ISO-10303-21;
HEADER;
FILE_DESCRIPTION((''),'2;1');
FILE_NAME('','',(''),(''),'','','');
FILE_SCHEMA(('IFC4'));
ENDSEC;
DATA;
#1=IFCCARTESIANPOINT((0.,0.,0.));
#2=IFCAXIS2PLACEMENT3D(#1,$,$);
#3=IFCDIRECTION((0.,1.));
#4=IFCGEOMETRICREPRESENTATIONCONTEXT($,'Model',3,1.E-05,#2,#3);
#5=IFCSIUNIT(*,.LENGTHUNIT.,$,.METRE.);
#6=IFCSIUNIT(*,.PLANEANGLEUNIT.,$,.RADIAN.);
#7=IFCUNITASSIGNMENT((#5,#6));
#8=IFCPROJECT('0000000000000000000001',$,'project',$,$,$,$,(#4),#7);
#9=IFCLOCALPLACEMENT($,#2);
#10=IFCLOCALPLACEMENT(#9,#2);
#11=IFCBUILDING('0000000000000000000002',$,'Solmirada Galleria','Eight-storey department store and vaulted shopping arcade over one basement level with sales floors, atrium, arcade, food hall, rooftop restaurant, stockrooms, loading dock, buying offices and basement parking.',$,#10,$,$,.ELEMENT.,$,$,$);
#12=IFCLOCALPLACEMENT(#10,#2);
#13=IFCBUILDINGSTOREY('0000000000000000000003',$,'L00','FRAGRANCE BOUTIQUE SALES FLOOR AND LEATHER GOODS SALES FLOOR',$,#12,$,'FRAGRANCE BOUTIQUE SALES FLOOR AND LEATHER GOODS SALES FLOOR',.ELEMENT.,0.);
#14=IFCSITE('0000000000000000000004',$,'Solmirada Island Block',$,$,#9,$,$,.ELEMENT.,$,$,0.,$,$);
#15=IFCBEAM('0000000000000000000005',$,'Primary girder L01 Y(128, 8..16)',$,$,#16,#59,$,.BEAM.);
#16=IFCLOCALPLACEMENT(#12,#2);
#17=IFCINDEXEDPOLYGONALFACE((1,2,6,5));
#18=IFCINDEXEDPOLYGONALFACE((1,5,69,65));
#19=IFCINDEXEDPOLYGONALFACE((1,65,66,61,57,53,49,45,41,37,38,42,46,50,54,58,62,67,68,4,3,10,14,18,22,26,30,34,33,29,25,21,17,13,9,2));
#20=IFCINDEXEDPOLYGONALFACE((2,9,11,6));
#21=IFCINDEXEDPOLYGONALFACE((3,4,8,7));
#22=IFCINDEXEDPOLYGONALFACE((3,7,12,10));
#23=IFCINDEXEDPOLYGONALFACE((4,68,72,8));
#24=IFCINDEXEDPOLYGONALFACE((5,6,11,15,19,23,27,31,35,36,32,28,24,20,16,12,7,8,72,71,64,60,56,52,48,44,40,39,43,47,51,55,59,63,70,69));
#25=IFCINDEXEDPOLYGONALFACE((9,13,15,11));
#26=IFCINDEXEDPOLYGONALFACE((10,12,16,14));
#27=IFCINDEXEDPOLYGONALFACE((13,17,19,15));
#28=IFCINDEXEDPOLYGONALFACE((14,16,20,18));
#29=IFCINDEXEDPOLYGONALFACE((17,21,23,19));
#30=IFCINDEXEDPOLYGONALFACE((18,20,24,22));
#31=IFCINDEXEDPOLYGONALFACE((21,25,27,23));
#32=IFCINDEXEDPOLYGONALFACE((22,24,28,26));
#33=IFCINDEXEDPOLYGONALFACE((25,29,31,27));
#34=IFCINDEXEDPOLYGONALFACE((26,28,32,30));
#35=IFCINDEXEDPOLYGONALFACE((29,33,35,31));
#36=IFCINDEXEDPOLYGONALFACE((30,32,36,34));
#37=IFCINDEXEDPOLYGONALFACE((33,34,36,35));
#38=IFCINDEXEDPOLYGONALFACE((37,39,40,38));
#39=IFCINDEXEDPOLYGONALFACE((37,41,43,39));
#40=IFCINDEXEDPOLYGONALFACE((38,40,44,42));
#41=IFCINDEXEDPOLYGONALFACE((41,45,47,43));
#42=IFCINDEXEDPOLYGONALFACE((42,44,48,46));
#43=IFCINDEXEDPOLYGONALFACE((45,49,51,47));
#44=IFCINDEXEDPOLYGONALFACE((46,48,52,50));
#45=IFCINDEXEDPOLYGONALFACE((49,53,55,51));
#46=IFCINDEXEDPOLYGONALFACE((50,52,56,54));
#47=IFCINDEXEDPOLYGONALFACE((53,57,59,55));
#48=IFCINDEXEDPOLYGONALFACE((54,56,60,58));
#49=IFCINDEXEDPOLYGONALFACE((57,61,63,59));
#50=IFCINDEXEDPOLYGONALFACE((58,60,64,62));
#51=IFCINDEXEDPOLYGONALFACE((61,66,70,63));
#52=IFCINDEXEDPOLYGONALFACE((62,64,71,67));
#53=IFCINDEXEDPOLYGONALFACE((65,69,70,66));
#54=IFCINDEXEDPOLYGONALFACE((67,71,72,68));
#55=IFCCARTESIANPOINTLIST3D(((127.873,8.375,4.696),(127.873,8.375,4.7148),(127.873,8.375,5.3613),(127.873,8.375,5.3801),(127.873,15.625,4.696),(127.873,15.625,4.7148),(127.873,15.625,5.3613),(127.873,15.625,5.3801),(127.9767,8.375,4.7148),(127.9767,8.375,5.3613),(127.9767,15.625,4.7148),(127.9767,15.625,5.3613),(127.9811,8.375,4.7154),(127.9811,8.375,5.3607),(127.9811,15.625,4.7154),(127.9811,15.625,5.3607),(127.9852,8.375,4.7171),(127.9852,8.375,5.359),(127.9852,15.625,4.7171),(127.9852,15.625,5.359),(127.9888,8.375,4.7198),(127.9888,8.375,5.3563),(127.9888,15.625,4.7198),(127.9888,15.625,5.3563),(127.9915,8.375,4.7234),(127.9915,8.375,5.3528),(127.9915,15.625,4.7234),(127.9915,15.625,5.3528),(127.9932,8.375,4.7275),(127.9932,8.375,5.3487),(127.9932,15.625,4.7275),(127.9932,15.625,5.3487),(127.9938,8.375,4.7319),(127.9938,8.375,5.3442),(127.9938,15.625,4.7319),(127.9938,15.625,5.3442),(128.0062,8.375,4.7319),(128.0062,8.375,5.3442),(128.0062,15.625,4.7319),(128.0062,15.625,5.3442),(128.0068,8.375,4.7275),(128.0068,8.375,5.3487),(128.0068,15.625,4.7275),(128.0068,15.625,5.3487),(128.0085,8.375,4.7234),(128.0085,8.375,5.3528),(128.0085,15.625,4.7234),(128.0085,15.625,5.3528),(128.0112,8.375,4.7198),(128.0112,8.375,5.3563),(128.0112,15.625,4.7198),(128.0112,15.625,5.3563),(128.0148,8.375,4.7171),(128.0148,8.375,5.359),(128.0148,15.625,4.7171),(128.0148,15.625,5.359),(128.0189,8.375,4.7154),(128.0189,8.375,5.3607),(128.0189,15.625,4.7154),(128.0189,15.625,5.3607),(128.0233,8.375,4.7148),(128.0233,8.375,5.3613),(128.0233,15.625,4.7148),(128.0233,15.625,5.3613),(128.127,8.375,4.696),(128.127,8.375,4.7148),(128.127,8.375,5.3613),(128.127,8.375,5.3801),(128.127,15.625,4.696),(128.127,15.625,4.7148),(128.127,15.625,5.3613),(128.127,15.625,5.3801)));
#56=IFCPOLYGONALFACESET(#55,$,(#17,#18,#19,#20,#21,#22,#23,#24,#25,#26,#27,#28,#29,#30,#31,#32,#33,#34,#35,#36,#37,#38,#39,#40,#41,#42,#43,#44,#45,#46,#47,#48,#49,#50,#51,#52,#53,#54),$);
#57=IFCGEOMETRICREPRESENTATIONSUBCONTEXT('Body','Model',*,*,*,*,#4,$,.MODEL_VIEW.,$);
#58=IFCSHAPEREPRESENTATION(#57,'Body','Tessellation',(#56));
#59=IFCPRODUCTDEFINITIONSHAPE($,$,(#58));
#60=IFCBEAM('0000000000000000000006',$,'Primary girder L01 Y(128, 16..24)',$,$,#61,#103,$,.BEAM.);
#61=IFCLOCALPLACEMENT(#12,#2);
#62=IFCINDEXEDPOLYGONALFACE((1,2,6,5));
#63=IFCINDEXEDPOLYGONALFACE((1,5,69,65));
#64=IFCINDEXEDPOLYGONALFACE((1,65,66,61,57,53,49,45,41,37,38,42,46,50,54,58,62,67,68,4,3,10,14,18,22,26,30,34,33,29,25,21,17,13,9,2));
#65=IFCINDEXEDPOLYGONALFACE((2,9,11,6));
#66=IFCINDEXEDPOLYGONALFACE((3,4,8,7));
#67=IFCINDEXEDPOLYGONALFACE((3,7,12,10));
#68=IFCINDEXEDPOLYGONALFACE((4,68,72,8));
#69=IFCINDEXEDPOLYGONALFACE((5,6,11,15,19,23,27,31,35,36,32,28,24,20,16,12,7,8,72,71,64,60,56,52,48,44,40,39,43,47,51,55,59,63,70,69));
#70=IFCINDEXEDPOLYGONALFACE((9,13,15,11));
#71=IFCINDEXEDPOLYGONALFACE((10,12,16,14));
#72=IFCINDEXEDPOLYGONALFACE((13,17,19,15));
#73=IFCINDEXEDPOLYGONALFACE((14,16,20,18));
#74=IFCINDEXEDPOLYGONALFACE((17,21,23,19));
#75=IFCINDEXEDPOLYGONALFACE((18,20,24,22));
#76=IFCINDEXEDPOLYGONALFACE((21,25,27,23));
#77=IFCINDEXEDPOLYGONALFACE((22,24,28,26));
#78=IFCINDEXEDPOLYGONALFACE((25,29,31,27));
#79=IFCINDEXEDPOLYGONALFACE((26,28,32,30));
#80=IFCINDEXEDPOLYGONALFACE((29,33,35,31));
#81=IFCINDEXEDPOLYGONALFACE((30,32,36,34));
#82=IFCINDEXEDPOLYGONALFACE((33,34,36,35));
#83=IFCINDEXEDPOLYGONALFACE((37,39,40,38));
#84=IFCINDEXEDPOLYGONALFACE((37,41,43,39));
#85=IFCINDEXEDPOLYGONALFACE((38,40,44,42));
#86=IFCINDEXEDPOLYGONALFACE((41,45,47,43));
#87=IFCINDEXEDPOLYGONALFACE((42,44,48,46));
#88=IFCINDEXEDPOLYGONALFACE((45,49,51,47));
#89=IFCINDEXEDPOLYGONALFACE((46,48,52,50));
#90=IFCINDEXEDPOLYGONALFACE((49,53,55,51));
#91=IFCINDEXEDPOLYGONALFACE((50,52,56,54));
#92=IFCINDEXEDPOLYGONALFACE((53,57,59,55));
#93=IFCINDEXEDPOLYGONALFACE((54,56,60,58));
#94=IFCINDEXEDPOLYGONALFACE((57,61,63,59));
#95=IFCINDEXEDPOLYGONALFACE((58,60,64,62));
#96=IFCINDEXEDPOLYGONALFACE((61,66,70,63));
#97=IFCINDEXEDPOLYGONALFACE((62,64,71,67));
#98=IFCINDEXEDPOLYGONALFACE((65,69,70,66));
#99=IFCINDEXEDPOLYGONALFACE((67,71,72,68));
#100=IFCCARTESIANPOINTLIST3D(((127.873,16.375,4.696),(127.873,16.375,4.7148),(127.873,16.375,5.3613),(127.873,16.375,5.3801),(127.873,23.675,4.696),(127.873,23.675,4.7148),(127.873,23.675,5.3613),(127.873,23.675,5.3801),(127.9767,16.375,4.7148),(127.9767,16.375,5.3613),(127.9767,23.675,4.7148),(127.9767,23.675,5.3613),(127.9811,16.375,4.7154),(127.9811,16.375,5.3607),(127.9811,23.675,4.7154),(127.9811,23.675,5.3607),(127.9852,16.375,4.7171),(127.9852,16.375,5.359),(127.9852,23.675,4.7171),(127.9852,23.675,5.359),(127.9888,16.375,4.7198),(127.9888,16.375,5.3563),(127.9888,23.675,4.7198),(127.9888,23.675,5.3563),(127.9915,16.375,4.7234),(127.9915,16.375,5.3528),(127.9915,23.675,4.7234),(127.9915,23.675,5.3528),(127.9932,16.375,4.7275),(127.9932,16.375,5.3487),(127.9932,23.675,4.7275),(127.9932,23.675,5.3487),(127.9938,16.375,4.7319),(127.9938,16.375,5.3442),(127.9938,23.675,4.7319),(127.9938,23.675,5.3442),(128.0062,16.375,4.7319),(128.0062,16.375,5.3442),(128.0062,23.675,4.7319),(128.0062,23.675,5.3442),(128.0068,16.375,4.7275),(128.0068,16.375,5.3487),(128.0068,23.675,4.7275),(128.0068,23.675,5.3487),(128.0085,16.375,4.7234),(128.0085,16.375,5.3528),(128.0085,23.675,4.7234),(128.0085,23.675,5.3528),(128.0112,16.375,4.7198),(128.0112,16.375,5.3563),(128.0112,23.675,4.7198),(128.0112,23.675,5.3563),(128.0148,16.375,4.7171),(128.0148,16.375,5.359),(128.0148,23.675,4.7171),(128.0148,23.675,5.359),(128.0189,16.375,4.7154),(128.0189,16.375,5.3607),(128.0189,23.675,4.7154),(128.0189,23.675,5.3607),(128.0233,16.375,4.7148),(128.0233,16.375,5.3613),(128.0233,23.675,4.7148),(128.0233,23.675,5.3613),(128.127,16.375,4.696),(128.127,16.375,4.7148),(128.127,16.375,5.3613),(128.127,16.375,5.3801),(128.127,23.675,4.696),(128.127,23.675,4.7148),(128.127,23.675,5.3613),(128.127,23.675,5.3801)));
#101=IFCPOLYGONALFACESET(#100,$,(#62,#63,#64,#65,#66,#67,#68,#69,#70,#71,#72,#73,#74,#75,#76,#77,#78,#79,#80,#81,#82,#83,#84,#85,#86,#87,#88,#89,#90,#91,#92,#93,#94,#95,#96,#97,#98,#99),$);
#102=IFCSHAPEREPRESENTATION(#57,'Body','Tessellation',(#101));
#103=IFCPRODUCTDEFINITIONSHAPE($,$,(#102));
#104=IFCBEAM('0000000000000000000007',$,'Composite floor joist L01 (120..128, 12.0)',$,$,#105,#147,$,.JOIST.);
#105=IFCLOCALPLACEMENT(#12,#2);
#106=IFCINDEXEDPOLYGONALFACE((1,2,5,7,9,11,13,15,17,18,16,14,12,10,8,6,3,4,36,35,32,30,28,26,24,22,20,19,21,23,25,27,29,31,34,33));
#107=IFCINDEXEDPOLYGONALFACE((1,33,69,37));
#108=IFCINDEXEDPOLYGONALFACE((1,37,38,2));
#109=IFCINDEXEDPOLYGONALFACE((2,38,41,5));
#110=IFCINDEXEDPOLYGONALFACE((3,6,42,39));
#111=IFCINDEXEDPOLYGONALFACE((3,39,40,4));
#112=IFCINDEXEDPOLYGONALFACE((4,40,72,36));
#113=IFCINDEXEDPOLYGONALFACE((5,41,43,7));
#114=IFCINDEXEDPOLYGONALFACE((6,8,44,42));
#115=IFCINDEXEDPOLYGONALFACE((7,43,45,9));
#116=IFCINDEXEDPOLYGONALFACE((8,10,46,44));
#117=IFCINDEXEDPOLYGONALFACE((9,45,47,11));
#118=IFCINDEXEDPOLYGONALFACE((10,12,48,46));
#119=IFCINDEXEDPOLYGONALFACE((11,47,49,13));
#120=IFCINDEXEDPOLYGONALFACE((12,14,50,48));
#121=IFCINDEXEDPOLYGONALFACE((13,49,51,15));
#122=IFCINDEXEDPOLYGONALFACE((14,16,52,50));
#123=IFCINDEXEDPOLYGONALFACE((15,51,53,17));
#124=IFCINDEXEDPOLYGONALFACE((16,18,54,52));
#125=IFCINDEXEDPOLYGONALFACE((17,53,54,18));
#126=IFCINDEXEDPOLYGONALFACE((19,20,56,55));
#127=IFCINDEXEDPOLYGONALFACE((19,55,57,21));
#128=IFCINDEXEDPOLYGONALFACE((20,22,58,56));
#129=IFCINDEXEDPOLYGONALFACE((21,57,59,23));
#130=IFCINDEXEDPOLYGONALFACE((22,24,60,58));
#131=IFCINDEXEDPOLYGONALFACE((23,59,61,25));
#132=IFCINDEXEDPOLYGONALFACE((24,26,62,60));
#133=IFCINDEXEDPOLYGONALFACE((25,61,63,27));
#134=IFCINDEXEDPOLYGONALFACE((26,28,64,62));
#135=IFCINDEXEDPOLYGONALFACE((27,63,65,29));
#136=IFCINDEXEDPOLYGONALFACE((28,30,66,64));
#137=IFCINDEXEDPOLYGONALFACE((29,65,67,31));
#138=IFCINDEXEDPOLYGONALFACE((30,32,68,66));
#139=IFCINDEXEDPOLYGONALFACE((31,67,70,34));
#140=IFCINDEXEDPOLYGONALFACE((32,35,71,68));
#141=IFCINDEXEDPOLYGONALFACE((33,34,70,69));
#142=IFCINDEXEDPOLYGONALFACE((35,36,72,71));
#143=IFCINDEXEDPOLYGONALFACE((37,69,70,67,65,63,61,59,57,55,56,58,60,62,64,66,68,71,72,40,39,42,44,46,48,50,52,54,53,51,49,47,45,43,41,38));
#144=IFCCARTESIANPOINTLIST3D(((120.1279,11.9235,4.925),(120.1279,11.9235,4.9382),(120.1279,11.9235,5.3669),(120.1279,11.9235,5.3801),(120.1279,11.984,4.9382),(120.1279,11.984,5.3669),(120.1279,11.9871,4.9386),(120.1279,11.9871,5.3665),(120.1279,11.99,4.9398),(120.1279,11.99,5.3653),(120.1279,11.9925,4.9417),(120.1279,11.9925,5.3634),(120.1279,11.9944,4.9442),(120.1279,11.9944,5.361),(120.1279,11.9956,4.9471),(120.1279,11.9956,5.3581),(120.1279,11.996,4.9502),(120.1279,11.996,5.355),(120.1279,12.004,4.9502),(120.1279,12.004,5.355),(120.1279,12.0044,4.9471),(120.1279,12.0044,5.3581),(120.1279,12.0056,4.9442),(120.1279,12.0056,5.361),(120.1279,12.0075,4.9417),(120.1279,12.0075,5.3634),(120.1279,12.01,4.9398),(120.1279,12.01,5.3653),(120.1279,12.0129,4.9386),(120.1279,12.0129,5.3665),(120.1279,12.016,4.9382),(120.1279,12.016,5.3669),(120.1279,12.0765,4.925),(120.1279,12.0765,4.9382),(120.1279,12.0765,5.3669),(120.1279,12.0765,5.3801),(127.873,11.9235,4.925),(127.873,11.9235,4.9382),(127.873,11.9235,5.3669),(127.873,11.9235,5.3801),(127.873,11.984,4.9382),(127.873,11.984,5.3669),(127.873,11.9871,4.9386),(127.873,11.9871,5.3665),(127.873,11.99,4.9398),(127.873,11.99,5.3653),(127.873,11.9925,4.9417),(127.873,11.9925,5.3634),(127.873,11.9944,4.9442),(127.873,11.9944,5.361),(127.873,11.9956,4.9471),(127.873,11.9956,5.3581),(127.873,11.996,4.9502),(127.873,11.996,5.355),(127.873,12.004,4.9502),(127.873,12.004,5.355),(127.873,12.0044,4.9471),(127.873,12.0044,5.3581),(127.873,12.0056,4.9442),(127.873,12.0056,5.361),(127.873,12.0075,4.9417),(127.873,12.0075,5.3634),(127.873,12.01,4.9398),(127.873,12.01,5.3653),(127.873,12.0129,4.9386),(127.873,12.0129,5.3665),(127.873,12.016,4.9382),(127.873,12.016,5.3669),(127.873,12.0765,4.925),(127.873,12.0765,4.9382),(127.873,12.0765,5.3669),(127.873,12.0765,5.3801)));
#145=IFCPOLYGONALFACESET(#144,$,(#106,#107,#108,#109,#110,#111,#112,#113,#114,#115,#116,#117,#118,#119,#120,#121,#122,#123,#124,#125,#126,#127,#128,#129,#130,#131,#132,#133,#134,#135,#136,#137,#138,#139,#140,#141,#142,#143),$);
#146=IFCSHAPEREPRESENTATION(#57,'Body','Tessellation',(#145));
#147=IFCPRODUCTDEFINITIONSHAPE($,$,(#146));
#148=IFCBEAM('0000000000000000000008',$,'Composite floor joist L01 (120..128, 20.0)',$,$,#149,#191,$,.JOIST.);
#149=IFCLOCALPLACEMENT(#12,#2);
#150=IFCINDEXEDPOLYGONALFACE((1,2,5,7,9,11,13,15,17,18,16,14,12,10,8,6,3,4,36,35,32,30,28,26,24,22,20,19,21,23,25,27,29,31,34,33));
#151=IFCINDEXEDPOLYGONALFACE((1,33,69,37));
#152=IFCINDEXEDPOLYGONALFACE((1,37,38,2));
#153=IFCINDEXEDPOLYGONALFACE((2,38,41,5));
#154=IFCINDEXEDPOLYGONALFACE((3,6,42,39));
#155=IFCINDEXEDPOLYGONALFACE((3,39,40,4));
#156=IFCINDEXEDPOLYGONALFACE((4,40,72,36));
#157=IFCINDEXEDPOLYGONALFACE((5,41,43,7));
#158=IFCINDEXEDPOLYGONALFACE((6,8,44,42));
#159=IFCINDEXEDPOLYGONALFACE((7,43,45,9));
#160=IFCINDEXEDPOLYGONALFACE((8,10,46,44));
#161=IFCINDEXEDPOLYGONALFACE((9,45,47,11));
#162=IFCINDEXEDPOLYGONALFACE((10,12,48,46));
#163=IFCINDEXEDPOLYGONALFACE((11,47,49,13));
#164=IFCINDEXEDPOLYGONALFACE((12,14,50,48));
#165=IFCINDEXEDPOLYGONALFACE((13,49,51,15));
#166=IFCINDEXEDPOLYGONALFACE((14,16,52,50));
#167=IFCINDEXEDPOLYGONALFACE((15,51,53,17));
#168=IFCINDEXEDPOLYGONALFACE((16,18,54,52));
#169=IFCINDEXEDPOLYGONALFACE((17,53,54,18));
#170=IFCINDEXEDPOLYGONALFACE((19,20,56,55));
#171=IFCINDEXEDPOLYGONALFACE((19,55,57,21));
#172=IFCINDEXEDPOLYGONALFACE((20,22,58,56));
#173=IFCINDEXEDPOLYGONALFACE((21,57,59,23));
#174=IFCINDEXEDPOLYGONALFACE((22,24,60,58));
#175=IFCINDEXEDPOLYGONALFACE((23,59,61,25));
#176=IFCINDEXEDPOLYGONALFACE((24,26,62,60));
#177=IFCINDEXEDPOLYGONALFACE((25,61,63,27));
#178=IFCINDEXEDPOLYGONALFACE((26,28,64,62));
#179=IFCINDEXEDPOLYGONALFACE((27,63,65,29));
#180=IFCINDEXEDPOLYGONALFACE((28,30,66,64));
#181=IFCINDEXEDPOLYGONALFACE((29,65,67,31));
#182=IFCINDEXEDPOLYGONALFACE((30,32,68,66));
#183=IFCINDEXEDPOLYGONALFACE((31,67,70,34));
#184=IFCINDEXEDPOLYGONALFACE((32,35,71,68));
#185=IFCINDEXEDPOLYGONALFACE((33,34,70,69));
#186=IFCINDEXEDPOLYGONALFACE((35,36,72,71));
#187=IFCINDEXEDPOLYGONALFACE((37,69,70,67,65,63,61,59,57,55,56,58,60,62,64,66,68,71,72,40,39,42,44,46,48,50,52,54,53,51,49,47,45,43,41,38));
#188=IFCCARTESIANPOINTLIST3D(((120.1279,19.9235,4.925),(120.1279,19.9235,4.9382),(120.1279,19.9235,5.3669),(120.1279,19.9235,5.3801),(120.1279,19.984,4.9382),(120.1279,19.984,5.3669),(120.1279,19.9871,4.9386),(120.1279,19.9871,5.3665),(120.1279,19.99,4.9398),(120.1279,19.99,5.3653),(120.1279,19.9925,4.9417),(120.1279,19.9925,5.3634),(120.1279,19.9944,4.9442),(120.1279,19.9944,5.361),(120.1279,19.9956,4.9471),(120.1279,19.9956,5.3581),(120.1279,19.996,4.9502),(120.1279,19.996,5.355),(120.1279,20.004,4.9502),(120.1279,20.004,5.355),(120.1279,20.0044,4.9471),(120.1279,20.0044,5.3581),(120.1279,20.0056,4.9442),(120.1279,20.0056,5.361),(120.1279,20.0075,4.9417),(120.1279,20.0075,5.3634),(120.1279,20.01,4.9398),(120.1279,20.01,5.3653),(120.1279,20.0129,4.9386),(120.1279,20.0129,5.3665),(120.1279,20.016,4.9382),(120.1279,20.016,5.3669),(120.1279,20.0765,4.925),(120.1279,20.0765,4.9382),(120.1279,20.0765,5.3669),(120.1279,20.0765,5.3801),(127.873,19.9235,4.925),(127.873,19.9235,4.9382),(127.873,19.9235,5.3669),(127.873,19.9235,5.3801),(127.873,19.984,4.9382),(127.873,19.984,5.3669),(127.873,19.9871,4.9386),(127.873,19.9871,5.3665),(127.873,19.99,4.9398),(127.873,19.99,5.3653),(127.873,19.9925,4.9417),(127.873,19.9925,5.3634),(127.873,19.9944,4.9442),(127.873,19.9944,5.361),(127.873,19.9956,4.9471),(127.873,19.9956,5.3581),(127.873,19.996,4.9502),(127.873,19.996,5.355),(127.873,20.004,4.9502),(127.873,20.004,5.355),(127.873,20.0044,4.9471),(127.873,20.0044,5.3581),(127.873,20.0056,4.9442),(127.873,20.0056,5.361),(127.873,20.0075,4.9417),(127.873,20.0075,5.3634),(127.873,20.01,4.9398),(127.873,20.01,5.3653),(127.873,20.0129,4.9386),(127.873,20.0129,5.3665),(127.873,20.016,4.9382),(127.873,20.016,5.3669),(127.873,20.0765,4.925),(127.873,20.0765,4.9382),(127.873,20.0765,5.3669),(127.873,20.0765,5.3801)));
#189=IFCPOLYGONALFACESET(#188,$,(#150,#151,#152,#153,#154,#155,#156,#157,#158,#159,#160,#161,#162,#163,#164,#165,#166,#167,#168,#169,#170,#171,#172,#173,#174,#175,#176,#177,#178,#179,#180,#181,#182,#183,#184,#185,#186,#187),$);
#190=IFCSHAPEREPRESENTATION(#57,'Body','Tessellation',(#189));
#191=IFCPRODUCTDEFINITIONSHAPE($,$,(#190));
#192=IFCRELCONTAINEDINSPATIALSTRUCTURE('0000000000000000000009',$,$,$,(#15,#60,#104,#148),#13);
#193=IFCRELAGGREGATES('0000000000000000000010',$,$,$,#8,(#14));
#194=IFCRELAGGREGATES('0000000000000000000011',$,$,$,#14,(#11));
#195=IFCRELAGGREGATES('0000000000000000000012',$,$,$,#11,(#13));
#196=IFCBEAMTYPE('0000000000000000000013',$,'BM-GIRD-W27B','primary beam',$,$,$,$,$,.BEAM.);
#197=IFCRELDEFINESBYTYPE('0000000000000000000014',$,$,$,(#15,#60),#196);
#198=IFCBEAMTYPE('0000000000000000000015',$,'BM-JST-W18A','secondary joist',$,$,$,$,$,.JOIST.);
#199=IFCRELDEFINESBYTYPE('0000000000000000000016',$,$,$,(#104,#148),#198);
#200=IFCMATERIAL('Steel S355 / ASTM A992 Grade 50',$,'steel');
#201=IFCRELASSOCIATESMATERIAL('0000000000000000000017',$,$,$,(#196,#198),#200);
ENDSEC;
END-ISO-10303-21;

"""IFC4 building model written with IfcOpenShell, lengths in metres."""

from ifc_helpers import new_model, si_unit, direction, frame, origin, origin_2d, place, context, subcontext, project, spatial, i_section, extrude, material, material_profile, profile_set, type_object, element, save


model = new_model("IFC4")

# Units and contexts
model_context = context("Model", 3, precision=1e-05, world=origin(), true_north=direction((0.0, 1.0)))
body_context = subcontext(model_context, "Body", "Model", "MODEL_VIEW")
ifc_project = project(units=[si_unit("LENGTHUNIT", "METRE"), si_unit("PLANEANGLEUNIT", "RADIAN")], contexts=[model_context])

# Site, building, storey
site_placement = place(None, origin())
site = spatial("IfcSite", under=ifc_project, at=site_placement, Name="Solmirada Island Block", CompositionType="ELEMENT", RefElevation=0.0)
building_placement = place(site_placement, origin())
building = spatial("IfcBuilding", under=site, at=building_placement, Name="Solmirada Galleria", Description="Eight-storey department store and vaulted shopping arcade over one basement level with sales floors, atrium, arcade, food hall, rooftop restaurant, stockrooms, loading dock, buying offices and basement parking.", CompositionType="ELEMENT")
storey_placement = place(building_placement, origin())
storey = spatial("IfcBuildingStorey", under=building, at=storey_placement, Name="L00", Description="FRAGRANCE BOUTIQUE SALES FLOOR AND LEATHER GOODS SALES FLOOR", LongName="FRAGRANCE BOUTIQUE SALES FLOOR AND LEATHER GOODS SALES FLOOR", CompositionType="ELEMENT", Elevation=0.0)

# Beams
ifc_material_1 = material(Name="Steel S355 / ASTM A992 Grade 50", Category="steel")
ifc_material_profile_1 = material_profile(ifc_material_1, i_section(OverallWidth=0.2539, OverallDepth=0.6841, WebThickness=0.0125, FlangeThickness=0.0188, FilletRadius=0.0171, at=origin_2d()), Name="W27X94")
ifc_profile_set_1 = profile_set([ifc_material_profile_1], Name="Steel S355 / ASTM A992 Grade 50")
beam_type_1 = type_object("IfcBeamType", Name="BM-GIRD-W27B", Description="primary beam", PredefinedType="BEAM", material=ifc_profile_set_1)
beam_1_placement = place(storey_placement, frame((128.0, 8.375, 5.0381), z_axis=(0.0, 1.0, 0.0), x_axis=(-1.0, 0.0, 0.0)))
element("IfcBeam", 1, at=beam_1_placement, inside=storey, type_object=beam_type_1, Name="Primary girder L01 Y(128, 8..16)", PredefinedType="BEAM", context=body_context, shape_type="SweptSolid", body=[
    extrude(i_section(OverallWidth=0.2539, OverallDepth=0.6841, WebThickness=0.0125, FlangeThickness=0.0188, FilletRadius=0.0171, at=origin_2d()), origin(), (0.0, 0.0, 1.0), 7.25),
])
beam_2_placement = place(storey_placement, frame((128.0, 16.375, 5.0381), z_axis=(0.0, 1.0, 0.0), x_axis=(-1.0, 0.0, 0.0)))
element("IfcBeam", 2, at=beam_2_placement, inside=storey, type_object=beam_type_1, Name="Primary girder L01 Y(128, 16..24)", PredefinedType="BEAM", context=body_context, shape_type="SweptSolid", body=[
    extrude(i_section(OverallWidth=0.2539, OverallDepth=0.6841, WebThickness=0.0125, FlangeThickness=0.0188, FilletRadius=0.0171, at=origin_2d()), origin(), (0.0, 0.0, 1.0), 7.3),
])
ifc_material_profile_2 = material_profile(ifc_material_1, i_section(OverallWidth=0.1531, OverallDepth=0.4551, WebThickness=0.0081, FlangeThickness=0.0132, FilletRadius=0.012, at=origin_2d()), Name="W18X40")
ifc_profile_set_2 = profile_set([ifc_material_profile_2], Name="Steel S355 / ASTM A992 Grade 50")
beam_type_2 = type_object("IfcBeamType", Name="BM-JST-W18A", Description="secondary joist", PredefinedType="JOIST", material=ifc_profile_set_2)
for number, where, z_axis, x_axis, name in (
    (3, (120.1279, 12.0, 5.1526), (1.0, 0.0, 0.0), (0.0, 1.0, 0.0), "Composite floor joist L01 (120..128, 12.0)"),
    (4, (120.1279, 20.0, 5.1526), (1.0, 0.0, 0.0), (0.0, 1.0, 0.0), "Composite floor joist L01 (120..128, 20.0)"),
):
    element("IfcBeam", number, at=place(storey_placement, frame(where, z_axis=z_axis, x_axis=x_axis)), inside=storey, type_object=beam_type_2, Name=name, PredefinedType="JOIST", context=body_context, shape_type="SweptSolid", body=[
        extrude(i_section(OverallWidth=0.1531, OverallDepth=0.4551, WebThickness=0.0081, FlangeThickness=0.0132, FilletRadius=0.012, at=origin_2d()), origin(), (0.0, 0.0, 1.0), 7.7451),
    ])

save(model, "model.ifc")
